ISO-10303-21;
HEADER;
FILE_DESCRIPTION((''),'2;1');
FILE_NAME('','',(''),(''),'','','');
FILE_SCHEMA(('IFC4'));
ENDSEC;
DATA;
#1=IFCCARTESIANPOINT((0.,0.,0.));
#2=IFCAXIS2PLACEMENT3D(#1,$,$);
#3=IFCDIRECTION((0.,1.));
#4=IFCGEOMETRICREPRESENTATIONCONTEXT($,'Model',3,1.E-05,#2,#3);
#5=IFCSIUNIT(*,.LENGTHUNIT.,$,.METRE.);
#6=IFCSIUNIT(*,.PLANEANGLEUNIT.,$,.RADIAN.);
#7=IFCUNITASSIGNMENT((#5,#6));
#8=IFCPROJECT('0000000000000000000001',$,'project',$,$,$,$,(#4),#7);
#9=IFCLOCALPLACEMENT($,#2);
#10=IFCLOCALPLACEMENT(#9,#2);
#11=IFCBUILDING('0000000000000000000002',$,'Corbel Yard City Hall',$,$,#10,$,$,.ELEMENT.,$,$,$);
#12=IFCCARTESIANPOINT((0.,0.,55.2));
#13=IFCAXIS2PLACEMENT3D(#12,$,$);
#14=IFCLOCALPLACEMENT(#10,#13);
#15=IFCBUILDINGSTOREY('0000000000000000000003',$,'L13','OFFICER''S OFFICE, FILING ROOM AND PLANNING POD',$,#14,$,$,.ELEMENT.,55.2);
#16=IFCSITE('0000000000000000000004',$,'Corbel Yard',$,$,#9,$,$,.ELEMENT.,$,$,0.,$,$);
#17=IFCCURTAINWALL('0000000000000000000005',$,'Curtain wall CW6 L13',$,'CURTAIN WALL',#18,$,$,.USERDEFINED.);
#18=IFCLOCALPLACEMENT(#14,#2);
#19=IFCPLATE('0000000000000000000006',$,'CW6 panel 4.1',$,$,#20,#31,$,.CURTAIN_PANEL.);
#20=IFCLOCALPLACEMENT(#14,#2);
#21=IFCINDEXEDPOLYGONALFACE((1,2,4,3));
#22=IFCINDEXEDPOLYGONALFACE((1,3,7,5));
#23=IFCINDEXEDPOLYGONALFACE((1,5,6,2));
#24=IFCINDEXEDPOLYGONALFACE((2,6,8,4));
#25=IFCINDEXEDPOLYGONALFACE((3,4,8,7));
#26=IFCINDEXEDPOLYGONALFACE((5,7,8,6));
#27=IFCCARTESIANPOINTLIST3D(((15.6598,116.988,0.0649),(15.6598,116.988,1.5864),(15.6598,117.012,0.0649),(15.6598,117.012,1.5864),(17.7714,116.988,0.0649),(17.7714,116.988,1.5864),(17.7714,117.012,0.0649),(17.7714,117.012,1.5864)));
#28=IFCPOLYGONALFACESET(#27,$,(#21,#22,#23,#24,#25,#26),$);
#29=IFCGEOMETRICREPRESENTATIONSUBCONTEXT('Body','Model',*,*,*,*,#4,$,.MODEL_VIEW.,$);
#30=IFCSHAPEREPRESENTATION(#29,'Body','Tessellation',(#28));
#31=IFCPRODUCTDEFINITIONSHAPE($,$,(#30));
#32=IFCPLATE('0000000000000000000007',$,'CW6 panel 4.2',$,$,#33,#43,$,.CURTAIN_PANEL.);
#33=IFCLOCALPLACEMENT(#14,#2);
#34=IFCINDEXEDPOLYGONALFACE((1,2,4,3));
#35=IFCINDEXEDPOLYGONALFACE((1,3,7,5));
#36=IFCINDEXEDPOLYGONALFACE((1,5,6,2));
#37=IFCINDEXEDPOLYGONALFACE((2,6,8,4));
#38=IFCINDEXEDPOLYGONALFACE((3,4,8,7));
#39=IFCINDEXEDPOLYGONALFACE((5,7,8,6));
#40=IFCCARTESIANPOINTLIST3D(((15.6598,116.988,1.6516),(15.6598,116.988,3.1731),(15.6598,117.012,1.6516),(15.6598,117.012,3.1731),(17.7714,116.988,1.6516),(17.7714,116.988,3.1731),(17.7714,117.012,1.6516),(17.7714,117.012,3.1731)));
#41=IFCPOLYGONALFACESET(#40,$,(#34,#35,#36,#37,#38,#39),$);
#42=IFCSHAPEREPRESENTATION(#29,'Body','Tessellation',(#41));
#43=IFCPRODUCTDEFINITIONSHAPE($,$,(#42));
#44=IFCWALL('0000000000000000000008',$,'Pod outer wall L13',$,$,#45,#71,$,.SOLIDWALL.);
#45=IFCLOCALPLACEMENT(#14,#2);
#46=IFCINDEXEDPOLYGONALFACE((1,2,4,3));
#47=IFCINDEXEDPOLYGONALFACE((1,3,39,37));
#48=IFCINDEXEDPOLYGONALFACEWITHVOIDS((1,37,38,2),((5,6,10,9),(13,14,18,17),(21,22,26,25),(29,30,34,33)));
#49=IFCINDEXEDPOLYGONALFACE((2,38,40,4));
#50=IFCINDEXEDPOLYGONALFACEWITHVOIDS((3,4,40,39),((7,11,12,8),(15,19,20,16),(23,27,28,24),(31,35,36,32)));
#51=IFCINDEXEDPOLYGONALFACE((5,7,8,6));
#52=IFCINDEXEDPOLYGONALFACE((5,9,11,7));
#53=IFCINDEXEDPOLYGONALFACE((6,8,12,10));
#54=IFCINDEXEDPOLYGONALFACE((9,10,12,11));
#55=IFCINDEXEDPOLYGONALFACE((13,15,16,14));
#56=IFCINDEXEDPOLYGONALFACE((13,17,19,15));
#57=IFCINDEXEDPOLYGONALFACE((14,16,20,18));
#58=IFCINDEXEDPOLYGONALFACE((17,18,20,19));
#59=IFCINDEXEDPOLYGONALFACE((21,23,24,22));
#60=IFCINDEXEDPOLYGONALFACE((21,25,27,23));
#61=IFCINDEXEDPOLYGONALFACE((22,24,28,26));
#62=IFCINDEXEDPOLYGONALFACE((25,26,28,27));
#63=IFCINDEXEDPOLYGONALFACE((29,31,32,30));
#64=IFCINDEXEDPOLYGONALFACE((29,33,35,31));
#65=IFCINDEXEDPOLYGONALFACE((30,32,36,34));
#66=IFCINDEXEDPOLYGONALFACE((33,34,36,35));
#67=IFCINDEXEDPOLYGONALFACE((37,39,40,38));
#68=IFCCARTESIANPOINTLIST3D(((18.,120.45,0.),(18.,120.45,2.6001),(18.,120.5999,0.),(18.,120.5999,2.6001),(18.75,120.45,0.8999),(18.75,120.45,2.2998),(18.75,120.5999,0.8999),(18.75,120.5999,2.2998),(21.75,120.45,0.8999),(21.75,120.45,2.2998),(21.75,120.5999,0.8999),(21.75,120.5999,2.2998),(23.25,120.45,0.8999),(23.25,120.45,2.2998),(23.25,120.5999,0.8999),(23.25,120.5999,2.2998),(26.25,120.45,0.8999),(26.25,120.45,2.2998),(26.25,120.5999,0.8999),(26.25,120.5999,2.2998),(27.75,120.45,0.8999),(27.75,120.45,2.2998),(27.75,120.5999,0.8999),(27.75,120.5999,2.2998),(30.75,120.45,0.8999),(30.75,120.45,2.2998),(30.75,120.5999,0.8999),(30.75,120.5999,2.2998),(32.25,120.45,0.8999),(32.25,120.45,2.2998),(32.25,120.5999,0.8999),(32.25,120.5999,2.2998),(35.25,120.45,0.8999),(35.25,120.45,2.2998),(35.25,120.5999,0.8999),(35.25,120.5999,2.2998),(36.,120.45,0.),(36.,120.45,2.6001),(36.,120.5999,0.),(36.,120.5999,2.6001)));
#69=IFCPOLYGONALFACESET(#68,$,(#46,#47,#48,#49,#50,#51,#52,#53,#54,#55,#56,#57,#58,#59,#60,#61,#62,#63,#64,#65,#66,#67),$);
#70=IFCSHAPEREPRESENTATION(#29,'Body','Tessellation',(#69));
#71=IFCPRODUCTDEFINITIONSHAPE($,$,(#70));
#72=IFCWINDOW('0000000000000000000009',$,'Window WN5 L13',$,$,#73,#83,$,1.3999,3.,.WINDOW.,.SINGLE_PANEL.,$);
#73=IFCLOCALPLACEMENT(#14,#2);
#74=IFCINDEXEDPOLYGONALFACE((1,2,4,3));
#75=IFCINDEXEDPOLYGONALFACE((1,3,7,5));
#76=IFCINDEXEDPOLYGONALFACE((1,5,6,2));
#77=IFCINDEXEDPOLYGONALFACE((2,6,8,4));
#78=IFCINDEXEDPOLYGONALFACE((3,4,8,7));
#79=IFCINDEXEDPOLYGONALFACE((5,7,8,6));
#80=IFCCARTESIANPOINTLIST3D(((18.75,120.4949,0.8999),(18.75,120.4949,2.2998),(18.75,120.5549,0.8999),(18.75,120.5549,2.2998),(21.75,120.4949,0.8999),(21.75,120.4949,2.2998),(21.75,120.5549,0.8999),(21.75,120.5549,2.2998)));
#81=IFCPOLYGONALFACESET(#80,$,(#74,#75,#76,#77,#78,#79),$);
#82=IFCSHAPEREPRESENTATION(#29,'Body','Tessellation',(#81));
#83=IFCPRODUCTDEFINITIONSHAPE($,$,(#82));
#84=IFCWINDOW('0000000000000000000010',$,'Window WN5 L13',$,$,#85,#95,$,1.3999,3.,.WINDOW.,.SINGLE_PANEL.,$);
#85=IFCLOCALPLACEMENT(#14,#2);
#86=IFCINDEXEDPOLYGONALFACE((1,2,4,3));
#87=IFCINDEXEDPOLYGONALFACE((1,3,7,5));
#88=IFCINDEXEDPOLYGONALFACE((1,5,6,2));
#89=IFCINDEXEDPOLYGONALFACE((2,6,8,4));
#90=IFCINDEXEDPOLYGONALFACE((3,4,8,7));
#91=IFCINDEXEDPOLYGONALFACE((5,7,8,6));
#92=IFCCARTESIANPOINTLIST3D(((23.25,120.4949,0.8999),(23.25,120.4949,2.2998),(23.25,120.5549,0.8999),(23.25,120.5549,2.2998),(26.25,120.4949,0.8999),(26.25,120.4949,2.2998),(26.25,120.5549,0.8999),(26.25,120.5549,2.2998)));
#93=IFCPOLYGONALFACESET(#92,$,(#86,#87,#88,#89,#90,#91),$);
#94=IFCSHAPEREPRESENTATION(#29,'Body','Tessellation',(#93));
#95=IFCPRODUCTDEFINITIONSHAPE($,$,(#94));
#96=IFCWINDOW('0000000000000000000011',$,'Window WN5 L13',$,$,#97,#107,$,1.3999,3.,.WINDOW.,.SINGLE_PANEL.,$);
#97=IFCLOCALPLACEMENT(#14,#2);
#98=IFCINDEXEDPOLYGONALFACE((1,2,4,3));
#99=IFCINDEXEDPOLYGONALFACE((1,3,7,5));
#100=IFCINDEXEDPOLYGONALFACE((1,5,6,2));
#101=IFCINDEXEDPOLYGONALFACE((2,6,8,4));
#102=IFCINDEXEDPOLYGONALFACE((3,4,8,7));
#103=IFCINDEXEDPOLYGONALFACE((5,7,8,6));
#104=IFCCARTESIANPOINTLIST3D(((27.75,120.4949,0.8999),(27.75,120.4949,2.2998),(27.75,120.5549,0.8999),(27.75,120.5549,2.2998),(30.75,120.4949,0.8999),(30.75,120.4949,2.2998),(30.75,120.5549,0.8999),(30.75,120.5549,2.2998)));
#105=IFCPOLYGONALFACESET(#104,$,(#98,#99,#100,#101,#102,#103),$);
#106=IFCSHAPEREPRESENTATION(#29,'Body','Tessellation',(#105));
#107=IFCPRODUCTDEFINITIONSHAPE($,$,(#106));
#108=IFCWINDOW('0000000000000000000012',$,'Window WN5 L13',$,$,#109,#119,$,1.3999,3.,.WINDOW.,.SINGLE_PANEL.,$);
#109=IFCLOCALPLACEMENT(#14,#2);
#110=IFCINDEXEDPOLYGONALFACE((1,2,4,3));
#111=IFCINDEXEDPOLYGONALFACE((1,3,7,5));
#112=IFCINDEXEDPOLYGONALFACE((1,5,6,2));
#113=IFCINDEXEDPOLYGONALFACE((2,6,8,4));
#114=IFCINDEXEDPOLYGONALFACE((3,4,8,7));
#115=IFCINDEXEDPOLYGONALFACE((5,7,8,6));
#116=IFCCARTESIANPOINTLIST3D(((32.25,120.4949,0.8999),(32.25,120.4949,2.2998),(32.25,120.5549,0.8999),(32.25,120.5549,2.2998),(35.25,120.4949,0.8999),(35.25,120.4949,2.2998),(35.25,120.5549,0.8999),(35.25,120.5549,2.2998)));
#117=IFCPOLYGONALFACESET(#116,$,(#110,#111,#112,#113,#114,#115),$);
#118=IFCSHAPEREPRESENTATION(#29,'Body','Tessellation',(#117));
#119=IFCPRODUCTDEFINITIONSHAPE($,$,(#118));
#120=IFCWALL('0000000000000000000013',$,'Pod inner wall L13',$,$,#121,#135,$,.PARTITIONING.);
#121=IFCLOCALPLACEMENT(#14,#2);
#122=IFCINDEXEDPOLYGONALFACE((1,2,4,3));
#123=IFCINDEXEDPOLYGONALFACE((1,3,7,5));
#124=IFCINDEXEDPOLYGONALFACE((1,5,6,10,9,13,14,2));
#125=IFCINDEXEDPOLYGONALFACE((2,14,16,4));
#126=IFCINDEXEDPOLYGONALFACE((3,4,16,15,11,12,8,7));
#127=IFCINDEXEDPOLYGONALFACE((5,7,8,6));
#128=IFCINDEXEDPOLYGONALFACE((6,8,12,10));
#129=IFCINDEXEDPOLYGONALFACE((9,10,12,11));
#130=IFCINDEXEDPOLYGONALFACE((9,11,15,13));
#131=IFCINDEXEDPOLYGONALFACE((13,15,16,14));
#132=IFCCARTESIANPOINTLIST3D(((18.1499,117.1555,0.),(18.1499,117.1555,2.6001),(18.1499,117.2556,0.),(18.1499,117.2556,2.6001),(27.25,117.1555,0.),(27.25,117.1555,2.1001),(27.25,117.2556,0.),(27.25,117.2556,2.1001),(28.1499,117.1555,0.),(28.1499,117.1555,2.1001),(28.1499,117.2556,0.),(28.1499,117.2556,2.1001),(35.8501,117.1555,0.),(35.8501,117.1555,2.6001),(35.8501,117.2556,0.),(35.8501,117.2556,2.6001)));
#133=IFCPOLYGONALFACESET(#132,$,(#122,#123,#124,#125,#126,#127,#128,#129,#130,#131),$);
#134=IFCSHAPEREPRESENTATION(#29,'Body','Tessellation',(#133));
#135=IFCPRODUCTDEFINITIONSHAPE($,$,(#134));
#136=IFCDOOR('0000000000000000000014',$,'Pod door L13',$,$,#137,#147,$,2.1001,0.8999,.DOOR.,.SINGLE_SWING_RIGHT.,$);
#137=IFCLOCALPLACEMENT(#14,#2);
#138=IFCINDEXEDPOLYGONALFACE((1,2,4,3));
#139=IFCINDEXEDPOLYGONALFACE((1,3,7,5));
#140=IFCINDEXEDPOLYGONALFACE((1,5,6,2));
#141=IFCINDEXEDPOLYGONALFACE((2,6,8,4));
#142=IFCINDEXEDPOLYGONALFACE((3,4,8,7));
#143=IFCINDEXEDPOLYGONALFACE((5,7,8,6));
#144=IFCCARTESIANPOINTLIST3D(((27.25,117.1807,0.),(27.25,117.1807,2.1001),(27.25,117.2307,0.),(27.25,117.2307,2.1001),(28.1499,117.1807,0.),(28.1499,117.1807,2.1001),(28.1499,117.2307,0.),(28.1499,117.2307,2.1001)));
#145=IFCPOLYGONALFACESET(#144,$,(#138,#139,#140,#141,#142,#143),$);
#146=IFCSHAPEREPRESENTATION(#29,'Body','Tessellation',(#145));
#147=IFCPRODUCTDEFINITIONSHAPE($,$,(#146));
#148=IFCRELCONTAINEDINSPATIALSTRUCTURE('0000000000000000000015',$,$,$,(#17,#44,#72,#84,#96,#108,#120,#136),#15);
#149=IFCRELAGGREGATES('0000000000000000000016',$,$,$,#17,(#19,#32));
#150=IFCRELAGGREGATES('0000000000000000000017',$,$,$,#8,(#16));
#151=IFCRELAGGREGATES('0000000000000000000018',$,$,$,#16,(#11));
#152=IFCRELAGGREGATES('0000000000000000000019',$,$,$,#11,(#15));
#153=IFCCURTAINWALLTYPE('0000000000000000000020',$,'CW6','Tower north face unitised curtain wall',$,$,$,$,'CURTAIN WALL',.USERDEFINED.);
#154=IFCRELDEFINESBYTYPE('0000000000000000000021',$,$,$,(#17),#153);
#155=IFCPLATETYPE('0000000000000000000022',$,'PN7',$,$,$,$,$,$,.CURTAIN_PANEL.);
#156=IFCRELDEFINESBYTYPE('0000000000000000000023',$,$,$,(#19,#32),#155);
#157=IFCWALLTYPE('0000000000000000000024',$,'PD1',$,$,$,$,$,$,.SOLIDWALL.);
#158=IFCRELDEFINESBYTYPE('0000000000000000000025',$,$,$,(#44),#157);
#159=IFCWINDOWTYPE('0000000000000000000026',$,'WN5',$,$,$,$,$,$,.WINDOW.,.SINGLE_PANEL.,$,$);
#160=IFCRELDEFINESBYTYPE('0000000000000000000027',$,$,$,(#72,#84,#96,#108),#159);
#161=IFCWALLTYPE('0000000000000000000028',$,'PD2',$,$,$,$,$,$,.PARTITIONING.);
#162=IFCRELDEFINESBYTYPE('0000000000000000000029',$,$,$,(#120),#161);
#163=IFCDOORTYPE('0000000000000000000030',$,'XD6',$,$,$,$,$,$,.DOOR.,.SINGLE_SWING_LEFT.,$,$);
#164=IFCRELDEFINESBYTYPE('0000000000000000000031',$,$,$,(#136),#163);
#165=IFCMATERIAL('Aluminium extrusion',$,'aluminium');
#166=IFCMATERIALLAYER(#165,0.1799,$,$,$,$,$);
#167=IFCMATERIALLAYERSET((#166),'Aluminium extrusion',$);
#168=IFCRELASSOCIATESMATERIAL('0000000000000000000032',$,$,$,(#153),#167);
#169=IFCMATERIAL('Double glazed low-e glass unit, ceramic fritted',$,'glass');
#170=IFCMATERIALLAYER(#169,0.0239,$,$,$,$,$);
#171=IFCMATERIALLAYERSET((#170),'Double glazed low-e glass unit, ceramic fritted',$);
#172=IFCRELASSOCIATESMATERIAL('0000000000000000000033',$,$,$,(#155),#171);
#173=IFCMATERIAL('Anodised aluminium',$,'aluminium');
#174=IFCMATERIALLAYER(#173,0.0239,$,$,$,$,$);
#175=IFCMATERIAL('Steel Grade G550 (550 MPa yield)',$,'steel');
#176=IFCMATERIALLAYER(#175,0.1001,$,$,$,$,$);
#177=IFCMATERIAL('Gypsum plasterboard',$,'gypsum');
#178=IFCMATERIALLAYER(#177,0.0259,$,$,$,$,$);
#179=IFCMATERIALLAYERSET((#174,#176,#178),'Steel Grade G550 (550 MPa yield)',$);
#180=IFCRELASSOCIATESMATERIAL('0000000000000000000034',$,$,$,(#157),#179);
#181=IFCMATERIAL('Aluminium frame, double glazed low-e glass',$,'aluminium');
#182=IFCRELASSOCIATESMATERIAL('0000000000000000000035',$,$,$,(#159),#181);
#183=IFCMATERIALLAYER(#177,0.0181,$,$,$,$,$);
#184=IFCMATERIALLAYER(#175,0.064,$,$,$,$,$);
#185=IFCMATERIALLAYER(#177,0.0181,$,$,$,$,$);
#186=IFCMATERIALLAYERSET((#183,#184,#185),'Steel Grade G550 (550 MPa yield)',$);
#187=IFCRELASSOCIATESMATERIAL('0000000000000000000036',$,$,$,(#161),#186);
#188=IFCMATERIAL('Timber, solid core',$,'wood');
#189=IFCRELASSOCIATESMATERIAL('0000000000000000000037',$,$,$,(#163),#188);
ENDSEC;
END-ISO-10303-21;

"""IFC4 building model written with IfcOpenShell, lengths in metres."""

from ifc_helpers import new_model, si_unit, direction, frame, frame_2d, origin, origin_2d, place, context, subcontext, project, spatial, rectangle, extrude, material, layer, layer_set, type_object, element, fill, aggregate, save


model = new_model("IFC4")

# Units and contexts
model_context = context("Model", 3, precision=1e-05, world=origin(), true_north=direction((0.0, 1.0)))
body_context = subcontext(model_context, "Body", "Model", "MODEL_VIEW")
ifc_project = project(units=[si_unit("LENGTHUNIT", "METRE"), si_unit("PLANEANGLEUNIT", "RADIAN")], contexts=[model_context])

# Site, building, storey
site_placement = place(None, origin())
site = spatial("IfcSite", under=ifc_project, at=site_placement, Name="Corbel Yard", CompositionType="ELEMENT", RefElevation=0.0)
building_placement = place(site_placement, origin())
building = spatial("IfcBuilding", under=site, at=building_placement, Name="Corbel Yard City Hall", CompositionType="ELEMENT")
storey_placement = place(building_placement, frame((0.0, 0.0, 55.2)))
storey = spatial("IfcBuildingStorey", under=building, at=storey_placement, Name="L13", Description="OFFICER'S OFFICE, FILING ROOM AND PLANNING POD", CompositionType="ELEMENT", Elevation=55.2)

# Curtain wall
ifc_material_1 = material(Name="Aluminium extrusion", Category="aluminium")
ifc_layer_1 = layer(ifc_material_1, 0.1799)
ifc_layer_set_1 = layer_set([ifc_layer_1], Name="Aluminium extrusion")
curtain_wall_type = type_object("IfcCurtainWallType", Name="CW6", Description="Tower north face unitised curtain wall", ElementType="CURTAIN WALL", PredefinedType="USERDEFINED", material=ifc_layer_set_1)
curtain_wall_placement = place(storey_placement, origin())
curtain_wall = element("IfcCurtainWall", 1, at=curtain_wall_placement, inside=storey, type_object=curtain_wall_type, Name="Curtain wall CW6 L13", ObjectType="CURTAIN WALL", PredefinedType="USERDEFINED")

# Plates
ifc_material_2 = material(Name="Double glazed low-e glass unit, ceramic fritted", Category="glass")
ifc_layer_2 = layer(ifc_material_2, 0.0239)
ifc_layer_set_2 = layer_set([ifc_layer_2], Name="Double glazed low-e glass unit, ceramic fritted")
plate_type = type_object("IfcPlateType", Name="PN7", PredefinedType="CURTAIN_PANEL", material=ifc_layer_set_2)
plate_1_placement = place(storey_placement, frame((16.7156, 117.0, 0.0649), z_axis=(0.0, 0.0, 1.0), x_axis=(1.0, 0.0, 0.0)))
plate_1 = element("IfcPlate", 2, at=plate_1_placement, type_object=plate_type, Name="CW6 panel 4.1", PredefinedType="CURTAIN_PANEL", context=body_context, shape_type="SweptSolid", body=[
    extrude(rectangle(XDim=2.1116, YDim=0.0239, at=origin_2d()), origin(), (0.0, 0.0, 1.0), 1.5215),
])
plate_2_placement = place(storey_placement, frame((16.7156, 117.0, 1.6516), z_axis=(0.0, 0.0, 1.0), x_axis=(1.0, 0.0, 0.0)))
plate_2 = element("IfcPlate", 3, at=plate_2_placement, type_object=plate_type, Name="CW6 panel 4.2", PredefinedType="CURTAIN_PANEL", context=body_context, shape_type="SweptSolid", body=[
    extrude(rectangle(XDim=2.1116, YDim=0.0239, at=origin_2d()), origin(), (0.0, 0.0, 1.0), 1.5215),
])
aggregate(curtain_wall, [plate_1, plate_2])

# Wall, openings, windows
ifc_material_3 = material(Name="Anodised aluminium", Category="aluminium")
ifc_layer_3 = layer(ifc_material_3, 0.0239)
ifc_material_4 = material(Name="Steel Grade G550 (550 MPa yield)", Category="steel")
ifc_layer_4 = layer(ifc_material_4, 0.1001)
ifc_material_5 = material(Name="Gypsum plasterboard", Category="gypsum")
ifc_layer_5 = layer(ifc_material_5, 0.0259)
ifc_layer_set_3 = layer_set([ifc_layer_3, ifc_layer_4, ifc_layer_5], Name="Steel Grade G550 (550 MPa yield)")
wall_type_1 = type_object("IfcWallType", Name="PD1", PredefinedType="SOLIDWALL", material=ifc_layer_set_3)
wall_1_placement = place(storey_placement, frame((18.0, 120.5249, 0.0), z_axis=(0.0, 0.0, 1.0), x_axis=(1.0, 0.0, 0.0)))
wall_1 = element("IfcWall", 4, at=wall_1_placement, inside=storey, type_object=wall_type_1, Name="Pod outer wall L13", PredefinedType="SOLIDWALL", context=body_context, shape_type="SweptSolid", body=[
    extrude(rectangle(XDim=18.0, YDim=0.1499, at=frame_2d((9.0, 0.0))), origin(), (0.0, 0.0, 1.0), 2.6001),
])
opening_1_placement = place(wall_1_placement, frame((0.75, 0.0, 0.8999)))
opening_1 = element("IfcOpeningElement", 5, at=opening_1_placement, cuts=wall_1, PredefinedType="OPENING", context=body_context, shape_type="SweptSolid", body=[
    extrude(rectangle(XDim=3.0, YDim=1.3999, at=frame_2d((1.5, 0.7))), frame((0.0, 0.085, 0.0), z_axis=(0.0, -1.0, 0.0), x_axis=(1.0, 0.0, 0.0)), (0.0, 0.0, 1.0), 0.1699),
])
opening_2_placement = place(wall_1_placement, frame((5.25, 0.0, 0.8999)))
opening_2 = element("IfcOpeningElement", 6, at=opening_2_placement, cuts=wall_1, PredefinedType="OPENING", context=body_context, shape_type="SweptSolid", body=[
    extrude(rectangle(XDim=3.0, YDim=1.3999, at=frame_2d((1.5, 0.7))), frame((0.0, 0.085, 0.0), z_axis=(0.0, -1.0, 0.0), x_axis=(1.0, 0.0, 0.0)), (0.0, 0.0, 1.0), 0.1699),
])
opening_3_placement = place(wall_1_placement, frame((9.75, 0.0, 0.8999)))
opening_3 = element("IfcOpeningElement", 7, at=opening_3_placement, cuts=wall_1, PredefinedType="OPENING", context=body_context, shape_type="SweptSolid", body=[
    extrude(rectangle(XDim=3.0, YDim=1.3999, at=frame_2d((1.5, 0.7))), frame((0.0, 0.085, 0.0), z_axis=(0.0, -1.0, 0.0), x_axis=(1.0, 0.0, 0.0)), (0.0, 0.0, 1.0), 0.1699),
])
opening_4_placement = place(wall_1_placement, frame((14.25, 0.0, 0.8999)))
opening_4 = element("IfcOpeningElement", 8, at=opening_4_placement, cuts=wall_1, PredefinedType="OPENING", context=body_context, shape_type="SweptSolid", body=[
    extrude(rectangle(XDim=3.0, YDim=1.3999, at=frame_2d((1.5, 0.7))), frame((0.0, 0.085, 0.0), z_axis=(0.0, -1.0, 0.0), x_axis=(1.0, 0.0, 0.0)), (0.0, 0.0, 1.0), 0.1699),
])
ifc_material_6 = material(Name="Aluminium frame, double glazed low-e glass", Category="aluminium")
window_type_1 = type_object("IfcWindowType", Name="WN5", PartitioningType="SINGLE_PANEL", PredefinedType="WINDOW", material=ifc_material_6)
window_1_placement = place(opening_1_placement, origin())
window_1 = element("IfcWindow", 9, at=window_1_placement, inside=storey, type_object=window_type_1, Name="Window WN5 L13", OverallHeight=1.3999, OverallWidth=3.0, PartitioningType="SINGLE_PANEL", PredefinedType="WINDOW", context=body_context, shape_type="SweptSolid", body=[
    extrude(rectangle(XDim=3.0, YDim=1.3999, at=frame_2d((1.5, 0.7))), frame((0.0, 0.03, 0.0), z_axis=(0.0, -1.0, 0.0), x_axis=(1.0, 0.0, 0.0)), (0.0, 0.0, 1.0), 0.0601),
])
fill(opening_1, window_1)
window_2_placement = place(opening_2_placement, origin())
window_2 = element("IfcWindow", 10, at=window_2_placement, inside=storey, type_object=window_type_1, Name="Window WN5 L13", OverallHeight=1.3999, OverallWidth=3.0, PartitioningType="SINGLE_PANEL", PredefinedType="WINDOW", context=body_context, shape_type="SweptSolid", body=[
    extrude(rectangle(XDim=3.0, YDim=1.3999, at=frame_2d((1.5, 0.7))), frame((0.0, 0.03, 0.0), z_axis=(0.0, -1.0, 0.0), x_axis=(1.0, 0.0, 0.0)), (0.0, 0.0, 1.0), 0.0601),
])
fill(opening_2, window_2)
window_3_placement = place(opening_3_placement, origin())
window_3 = element("IfcWindow", 11, at=window_3_placement, inside=storey, type_object=window_type_1, Name="Window WN5 L13", OverallHeight=1.3999, OverallWidth=3.0, PartitioningType="SINGLE_PANEL", PredefinedType="WINDOW", context=body_context, shape_type="SweptSolid", body=[
    extrude(rectangle(XDim=3.0, YDim=1.3999, at=frame_2d((1.5, 0.7))), frame((0.0, 0.03, 0.0), z_axis=(0.0, -1.0, 0.0), x_axis=(1.0, 0.0, 0.0)), (0.0, 0.0, 1.0), 0.0601),
])
fill(opening_3, window_3)
window_4_placement = place(opening_4_placement, origin())
window_4 = element("IfcWindow", 12, at=window_4_placement, inside=storey, type_object=window_type_1, Name="Window WN5 L13", OverallHeight=1.3999, OverallWidth=3.0, PartitioningType="SINGLE_PANEL", PredefinedType="WINDOW", context=body_context, shape_type="SweptSolid", body=[
    extrude(rectangle(XDim=3.0, YDim=1.3999, at=frame_2d((1.5, 0.7))), frame((0.0, 0.03, 0.0), z_axis=(0.0, -1.0, 0.0), x_axis=(1.0, 0.0, 0.0)), (0.0, 0.0, 1.0), 0.0601),
])
fill(opening_4, window_4)

# Wall, opening, door
ifc_layer_6 = layer(ifc_material_5, 0.0181)
ifc_layer_7 = layer(ifc_material_4, 0.064)
ifc_layer_8 = layer(ifc_material_5, 0.0181)
ifc_layer_set_4 = layer_set([ifc_layer_6, ifc_layer_7, ifc_layer_8], Name="Steel Grade G550 (550 MPa yield)")
wall_type_2 = type_object("IfcWallType", Name="PD2", PredefinedType="PARTITIONING", material=ifc_layer_set_4)
wall_2_placement = place(storey_placement, frame((18.1499, 117.2056, 0.0), z_axis=(0.0, 0.0, 1.0), x_axis=(1.0, 0.0, 0.0)))
wall_2 = element("IfcWall", 13, at=wall_2_placement, inside=storey, type_object=wall_type_2, Name="Pod inner wall L13", PredefinedType="PARTITIONING", context=body_context, shape_type="SweptSolid", body=[
    extrude(rectangle(XDim=17.7002, YDim=0.1001, at=frame_2d((8.8501, 0.0))), origin(), (0.0, 0.0, 1.0), 2.6001),
])
opening_5_placement = place(wall_2_placement, frame((9.1001, 0.0, 0.0)))
opening_5 = element("IfcOpeningElement", 14, at=opening_5_placement, cuts=wall_2, PredefinedType="OPENING", context=body_context, shape_type="SweptSolid", body=[
    extrude(rectangle(XDim=0.8999, YDim=2.1001, at=frame_2d((0.45, 1.05))), frame((0.0, 0.0601, 0.0), z_axis=(0.0, -1.0, 0.0), x_axis=(1.0, 0.0, 0.0)), (0.0, 0.0, 1.0), 0.1201),
])
ifc_material_7 = material(Name="Timber, solid core", Category="wood")
door_type = type_object("IfcDoorType", Name="XD6", OperationType="SINGLE_SWING_LEFT", PredefinedType="DOOR", material=ifc_material_7)
door_placement = place(opening_5_placement, frame((0.8999, 0.0, 0.0), z_axis=(0.0, 0.0, 1.0), x_axis=(-1.0, 0.0, 0.0)))
door = element("IfcDoor", 15, at=door_placement, inside=storey, type_object=door_type, Name="Pod door L13", OperationType="SINGLE_SWING_RIGHT", OverallHeight=2.1001, OverallWidth=0.8999, PredefinedType="DOOR", context=body_context, shape_type="SweptSolid", body=[
    extrude(rectangle(XDim=0.8999, YDim=2.1001, at=frame_2d((0.45, 1.05))), frame((0.0, 0.0249, 0.0), z_axis=(0.0, -1.0, 0.0), x_axis=(1.0, 0.0, 0.0)), (0.0, 0.0, 1.0), 0.05),
])
fill(opening_5, door)

save(model, "model.ifc")
